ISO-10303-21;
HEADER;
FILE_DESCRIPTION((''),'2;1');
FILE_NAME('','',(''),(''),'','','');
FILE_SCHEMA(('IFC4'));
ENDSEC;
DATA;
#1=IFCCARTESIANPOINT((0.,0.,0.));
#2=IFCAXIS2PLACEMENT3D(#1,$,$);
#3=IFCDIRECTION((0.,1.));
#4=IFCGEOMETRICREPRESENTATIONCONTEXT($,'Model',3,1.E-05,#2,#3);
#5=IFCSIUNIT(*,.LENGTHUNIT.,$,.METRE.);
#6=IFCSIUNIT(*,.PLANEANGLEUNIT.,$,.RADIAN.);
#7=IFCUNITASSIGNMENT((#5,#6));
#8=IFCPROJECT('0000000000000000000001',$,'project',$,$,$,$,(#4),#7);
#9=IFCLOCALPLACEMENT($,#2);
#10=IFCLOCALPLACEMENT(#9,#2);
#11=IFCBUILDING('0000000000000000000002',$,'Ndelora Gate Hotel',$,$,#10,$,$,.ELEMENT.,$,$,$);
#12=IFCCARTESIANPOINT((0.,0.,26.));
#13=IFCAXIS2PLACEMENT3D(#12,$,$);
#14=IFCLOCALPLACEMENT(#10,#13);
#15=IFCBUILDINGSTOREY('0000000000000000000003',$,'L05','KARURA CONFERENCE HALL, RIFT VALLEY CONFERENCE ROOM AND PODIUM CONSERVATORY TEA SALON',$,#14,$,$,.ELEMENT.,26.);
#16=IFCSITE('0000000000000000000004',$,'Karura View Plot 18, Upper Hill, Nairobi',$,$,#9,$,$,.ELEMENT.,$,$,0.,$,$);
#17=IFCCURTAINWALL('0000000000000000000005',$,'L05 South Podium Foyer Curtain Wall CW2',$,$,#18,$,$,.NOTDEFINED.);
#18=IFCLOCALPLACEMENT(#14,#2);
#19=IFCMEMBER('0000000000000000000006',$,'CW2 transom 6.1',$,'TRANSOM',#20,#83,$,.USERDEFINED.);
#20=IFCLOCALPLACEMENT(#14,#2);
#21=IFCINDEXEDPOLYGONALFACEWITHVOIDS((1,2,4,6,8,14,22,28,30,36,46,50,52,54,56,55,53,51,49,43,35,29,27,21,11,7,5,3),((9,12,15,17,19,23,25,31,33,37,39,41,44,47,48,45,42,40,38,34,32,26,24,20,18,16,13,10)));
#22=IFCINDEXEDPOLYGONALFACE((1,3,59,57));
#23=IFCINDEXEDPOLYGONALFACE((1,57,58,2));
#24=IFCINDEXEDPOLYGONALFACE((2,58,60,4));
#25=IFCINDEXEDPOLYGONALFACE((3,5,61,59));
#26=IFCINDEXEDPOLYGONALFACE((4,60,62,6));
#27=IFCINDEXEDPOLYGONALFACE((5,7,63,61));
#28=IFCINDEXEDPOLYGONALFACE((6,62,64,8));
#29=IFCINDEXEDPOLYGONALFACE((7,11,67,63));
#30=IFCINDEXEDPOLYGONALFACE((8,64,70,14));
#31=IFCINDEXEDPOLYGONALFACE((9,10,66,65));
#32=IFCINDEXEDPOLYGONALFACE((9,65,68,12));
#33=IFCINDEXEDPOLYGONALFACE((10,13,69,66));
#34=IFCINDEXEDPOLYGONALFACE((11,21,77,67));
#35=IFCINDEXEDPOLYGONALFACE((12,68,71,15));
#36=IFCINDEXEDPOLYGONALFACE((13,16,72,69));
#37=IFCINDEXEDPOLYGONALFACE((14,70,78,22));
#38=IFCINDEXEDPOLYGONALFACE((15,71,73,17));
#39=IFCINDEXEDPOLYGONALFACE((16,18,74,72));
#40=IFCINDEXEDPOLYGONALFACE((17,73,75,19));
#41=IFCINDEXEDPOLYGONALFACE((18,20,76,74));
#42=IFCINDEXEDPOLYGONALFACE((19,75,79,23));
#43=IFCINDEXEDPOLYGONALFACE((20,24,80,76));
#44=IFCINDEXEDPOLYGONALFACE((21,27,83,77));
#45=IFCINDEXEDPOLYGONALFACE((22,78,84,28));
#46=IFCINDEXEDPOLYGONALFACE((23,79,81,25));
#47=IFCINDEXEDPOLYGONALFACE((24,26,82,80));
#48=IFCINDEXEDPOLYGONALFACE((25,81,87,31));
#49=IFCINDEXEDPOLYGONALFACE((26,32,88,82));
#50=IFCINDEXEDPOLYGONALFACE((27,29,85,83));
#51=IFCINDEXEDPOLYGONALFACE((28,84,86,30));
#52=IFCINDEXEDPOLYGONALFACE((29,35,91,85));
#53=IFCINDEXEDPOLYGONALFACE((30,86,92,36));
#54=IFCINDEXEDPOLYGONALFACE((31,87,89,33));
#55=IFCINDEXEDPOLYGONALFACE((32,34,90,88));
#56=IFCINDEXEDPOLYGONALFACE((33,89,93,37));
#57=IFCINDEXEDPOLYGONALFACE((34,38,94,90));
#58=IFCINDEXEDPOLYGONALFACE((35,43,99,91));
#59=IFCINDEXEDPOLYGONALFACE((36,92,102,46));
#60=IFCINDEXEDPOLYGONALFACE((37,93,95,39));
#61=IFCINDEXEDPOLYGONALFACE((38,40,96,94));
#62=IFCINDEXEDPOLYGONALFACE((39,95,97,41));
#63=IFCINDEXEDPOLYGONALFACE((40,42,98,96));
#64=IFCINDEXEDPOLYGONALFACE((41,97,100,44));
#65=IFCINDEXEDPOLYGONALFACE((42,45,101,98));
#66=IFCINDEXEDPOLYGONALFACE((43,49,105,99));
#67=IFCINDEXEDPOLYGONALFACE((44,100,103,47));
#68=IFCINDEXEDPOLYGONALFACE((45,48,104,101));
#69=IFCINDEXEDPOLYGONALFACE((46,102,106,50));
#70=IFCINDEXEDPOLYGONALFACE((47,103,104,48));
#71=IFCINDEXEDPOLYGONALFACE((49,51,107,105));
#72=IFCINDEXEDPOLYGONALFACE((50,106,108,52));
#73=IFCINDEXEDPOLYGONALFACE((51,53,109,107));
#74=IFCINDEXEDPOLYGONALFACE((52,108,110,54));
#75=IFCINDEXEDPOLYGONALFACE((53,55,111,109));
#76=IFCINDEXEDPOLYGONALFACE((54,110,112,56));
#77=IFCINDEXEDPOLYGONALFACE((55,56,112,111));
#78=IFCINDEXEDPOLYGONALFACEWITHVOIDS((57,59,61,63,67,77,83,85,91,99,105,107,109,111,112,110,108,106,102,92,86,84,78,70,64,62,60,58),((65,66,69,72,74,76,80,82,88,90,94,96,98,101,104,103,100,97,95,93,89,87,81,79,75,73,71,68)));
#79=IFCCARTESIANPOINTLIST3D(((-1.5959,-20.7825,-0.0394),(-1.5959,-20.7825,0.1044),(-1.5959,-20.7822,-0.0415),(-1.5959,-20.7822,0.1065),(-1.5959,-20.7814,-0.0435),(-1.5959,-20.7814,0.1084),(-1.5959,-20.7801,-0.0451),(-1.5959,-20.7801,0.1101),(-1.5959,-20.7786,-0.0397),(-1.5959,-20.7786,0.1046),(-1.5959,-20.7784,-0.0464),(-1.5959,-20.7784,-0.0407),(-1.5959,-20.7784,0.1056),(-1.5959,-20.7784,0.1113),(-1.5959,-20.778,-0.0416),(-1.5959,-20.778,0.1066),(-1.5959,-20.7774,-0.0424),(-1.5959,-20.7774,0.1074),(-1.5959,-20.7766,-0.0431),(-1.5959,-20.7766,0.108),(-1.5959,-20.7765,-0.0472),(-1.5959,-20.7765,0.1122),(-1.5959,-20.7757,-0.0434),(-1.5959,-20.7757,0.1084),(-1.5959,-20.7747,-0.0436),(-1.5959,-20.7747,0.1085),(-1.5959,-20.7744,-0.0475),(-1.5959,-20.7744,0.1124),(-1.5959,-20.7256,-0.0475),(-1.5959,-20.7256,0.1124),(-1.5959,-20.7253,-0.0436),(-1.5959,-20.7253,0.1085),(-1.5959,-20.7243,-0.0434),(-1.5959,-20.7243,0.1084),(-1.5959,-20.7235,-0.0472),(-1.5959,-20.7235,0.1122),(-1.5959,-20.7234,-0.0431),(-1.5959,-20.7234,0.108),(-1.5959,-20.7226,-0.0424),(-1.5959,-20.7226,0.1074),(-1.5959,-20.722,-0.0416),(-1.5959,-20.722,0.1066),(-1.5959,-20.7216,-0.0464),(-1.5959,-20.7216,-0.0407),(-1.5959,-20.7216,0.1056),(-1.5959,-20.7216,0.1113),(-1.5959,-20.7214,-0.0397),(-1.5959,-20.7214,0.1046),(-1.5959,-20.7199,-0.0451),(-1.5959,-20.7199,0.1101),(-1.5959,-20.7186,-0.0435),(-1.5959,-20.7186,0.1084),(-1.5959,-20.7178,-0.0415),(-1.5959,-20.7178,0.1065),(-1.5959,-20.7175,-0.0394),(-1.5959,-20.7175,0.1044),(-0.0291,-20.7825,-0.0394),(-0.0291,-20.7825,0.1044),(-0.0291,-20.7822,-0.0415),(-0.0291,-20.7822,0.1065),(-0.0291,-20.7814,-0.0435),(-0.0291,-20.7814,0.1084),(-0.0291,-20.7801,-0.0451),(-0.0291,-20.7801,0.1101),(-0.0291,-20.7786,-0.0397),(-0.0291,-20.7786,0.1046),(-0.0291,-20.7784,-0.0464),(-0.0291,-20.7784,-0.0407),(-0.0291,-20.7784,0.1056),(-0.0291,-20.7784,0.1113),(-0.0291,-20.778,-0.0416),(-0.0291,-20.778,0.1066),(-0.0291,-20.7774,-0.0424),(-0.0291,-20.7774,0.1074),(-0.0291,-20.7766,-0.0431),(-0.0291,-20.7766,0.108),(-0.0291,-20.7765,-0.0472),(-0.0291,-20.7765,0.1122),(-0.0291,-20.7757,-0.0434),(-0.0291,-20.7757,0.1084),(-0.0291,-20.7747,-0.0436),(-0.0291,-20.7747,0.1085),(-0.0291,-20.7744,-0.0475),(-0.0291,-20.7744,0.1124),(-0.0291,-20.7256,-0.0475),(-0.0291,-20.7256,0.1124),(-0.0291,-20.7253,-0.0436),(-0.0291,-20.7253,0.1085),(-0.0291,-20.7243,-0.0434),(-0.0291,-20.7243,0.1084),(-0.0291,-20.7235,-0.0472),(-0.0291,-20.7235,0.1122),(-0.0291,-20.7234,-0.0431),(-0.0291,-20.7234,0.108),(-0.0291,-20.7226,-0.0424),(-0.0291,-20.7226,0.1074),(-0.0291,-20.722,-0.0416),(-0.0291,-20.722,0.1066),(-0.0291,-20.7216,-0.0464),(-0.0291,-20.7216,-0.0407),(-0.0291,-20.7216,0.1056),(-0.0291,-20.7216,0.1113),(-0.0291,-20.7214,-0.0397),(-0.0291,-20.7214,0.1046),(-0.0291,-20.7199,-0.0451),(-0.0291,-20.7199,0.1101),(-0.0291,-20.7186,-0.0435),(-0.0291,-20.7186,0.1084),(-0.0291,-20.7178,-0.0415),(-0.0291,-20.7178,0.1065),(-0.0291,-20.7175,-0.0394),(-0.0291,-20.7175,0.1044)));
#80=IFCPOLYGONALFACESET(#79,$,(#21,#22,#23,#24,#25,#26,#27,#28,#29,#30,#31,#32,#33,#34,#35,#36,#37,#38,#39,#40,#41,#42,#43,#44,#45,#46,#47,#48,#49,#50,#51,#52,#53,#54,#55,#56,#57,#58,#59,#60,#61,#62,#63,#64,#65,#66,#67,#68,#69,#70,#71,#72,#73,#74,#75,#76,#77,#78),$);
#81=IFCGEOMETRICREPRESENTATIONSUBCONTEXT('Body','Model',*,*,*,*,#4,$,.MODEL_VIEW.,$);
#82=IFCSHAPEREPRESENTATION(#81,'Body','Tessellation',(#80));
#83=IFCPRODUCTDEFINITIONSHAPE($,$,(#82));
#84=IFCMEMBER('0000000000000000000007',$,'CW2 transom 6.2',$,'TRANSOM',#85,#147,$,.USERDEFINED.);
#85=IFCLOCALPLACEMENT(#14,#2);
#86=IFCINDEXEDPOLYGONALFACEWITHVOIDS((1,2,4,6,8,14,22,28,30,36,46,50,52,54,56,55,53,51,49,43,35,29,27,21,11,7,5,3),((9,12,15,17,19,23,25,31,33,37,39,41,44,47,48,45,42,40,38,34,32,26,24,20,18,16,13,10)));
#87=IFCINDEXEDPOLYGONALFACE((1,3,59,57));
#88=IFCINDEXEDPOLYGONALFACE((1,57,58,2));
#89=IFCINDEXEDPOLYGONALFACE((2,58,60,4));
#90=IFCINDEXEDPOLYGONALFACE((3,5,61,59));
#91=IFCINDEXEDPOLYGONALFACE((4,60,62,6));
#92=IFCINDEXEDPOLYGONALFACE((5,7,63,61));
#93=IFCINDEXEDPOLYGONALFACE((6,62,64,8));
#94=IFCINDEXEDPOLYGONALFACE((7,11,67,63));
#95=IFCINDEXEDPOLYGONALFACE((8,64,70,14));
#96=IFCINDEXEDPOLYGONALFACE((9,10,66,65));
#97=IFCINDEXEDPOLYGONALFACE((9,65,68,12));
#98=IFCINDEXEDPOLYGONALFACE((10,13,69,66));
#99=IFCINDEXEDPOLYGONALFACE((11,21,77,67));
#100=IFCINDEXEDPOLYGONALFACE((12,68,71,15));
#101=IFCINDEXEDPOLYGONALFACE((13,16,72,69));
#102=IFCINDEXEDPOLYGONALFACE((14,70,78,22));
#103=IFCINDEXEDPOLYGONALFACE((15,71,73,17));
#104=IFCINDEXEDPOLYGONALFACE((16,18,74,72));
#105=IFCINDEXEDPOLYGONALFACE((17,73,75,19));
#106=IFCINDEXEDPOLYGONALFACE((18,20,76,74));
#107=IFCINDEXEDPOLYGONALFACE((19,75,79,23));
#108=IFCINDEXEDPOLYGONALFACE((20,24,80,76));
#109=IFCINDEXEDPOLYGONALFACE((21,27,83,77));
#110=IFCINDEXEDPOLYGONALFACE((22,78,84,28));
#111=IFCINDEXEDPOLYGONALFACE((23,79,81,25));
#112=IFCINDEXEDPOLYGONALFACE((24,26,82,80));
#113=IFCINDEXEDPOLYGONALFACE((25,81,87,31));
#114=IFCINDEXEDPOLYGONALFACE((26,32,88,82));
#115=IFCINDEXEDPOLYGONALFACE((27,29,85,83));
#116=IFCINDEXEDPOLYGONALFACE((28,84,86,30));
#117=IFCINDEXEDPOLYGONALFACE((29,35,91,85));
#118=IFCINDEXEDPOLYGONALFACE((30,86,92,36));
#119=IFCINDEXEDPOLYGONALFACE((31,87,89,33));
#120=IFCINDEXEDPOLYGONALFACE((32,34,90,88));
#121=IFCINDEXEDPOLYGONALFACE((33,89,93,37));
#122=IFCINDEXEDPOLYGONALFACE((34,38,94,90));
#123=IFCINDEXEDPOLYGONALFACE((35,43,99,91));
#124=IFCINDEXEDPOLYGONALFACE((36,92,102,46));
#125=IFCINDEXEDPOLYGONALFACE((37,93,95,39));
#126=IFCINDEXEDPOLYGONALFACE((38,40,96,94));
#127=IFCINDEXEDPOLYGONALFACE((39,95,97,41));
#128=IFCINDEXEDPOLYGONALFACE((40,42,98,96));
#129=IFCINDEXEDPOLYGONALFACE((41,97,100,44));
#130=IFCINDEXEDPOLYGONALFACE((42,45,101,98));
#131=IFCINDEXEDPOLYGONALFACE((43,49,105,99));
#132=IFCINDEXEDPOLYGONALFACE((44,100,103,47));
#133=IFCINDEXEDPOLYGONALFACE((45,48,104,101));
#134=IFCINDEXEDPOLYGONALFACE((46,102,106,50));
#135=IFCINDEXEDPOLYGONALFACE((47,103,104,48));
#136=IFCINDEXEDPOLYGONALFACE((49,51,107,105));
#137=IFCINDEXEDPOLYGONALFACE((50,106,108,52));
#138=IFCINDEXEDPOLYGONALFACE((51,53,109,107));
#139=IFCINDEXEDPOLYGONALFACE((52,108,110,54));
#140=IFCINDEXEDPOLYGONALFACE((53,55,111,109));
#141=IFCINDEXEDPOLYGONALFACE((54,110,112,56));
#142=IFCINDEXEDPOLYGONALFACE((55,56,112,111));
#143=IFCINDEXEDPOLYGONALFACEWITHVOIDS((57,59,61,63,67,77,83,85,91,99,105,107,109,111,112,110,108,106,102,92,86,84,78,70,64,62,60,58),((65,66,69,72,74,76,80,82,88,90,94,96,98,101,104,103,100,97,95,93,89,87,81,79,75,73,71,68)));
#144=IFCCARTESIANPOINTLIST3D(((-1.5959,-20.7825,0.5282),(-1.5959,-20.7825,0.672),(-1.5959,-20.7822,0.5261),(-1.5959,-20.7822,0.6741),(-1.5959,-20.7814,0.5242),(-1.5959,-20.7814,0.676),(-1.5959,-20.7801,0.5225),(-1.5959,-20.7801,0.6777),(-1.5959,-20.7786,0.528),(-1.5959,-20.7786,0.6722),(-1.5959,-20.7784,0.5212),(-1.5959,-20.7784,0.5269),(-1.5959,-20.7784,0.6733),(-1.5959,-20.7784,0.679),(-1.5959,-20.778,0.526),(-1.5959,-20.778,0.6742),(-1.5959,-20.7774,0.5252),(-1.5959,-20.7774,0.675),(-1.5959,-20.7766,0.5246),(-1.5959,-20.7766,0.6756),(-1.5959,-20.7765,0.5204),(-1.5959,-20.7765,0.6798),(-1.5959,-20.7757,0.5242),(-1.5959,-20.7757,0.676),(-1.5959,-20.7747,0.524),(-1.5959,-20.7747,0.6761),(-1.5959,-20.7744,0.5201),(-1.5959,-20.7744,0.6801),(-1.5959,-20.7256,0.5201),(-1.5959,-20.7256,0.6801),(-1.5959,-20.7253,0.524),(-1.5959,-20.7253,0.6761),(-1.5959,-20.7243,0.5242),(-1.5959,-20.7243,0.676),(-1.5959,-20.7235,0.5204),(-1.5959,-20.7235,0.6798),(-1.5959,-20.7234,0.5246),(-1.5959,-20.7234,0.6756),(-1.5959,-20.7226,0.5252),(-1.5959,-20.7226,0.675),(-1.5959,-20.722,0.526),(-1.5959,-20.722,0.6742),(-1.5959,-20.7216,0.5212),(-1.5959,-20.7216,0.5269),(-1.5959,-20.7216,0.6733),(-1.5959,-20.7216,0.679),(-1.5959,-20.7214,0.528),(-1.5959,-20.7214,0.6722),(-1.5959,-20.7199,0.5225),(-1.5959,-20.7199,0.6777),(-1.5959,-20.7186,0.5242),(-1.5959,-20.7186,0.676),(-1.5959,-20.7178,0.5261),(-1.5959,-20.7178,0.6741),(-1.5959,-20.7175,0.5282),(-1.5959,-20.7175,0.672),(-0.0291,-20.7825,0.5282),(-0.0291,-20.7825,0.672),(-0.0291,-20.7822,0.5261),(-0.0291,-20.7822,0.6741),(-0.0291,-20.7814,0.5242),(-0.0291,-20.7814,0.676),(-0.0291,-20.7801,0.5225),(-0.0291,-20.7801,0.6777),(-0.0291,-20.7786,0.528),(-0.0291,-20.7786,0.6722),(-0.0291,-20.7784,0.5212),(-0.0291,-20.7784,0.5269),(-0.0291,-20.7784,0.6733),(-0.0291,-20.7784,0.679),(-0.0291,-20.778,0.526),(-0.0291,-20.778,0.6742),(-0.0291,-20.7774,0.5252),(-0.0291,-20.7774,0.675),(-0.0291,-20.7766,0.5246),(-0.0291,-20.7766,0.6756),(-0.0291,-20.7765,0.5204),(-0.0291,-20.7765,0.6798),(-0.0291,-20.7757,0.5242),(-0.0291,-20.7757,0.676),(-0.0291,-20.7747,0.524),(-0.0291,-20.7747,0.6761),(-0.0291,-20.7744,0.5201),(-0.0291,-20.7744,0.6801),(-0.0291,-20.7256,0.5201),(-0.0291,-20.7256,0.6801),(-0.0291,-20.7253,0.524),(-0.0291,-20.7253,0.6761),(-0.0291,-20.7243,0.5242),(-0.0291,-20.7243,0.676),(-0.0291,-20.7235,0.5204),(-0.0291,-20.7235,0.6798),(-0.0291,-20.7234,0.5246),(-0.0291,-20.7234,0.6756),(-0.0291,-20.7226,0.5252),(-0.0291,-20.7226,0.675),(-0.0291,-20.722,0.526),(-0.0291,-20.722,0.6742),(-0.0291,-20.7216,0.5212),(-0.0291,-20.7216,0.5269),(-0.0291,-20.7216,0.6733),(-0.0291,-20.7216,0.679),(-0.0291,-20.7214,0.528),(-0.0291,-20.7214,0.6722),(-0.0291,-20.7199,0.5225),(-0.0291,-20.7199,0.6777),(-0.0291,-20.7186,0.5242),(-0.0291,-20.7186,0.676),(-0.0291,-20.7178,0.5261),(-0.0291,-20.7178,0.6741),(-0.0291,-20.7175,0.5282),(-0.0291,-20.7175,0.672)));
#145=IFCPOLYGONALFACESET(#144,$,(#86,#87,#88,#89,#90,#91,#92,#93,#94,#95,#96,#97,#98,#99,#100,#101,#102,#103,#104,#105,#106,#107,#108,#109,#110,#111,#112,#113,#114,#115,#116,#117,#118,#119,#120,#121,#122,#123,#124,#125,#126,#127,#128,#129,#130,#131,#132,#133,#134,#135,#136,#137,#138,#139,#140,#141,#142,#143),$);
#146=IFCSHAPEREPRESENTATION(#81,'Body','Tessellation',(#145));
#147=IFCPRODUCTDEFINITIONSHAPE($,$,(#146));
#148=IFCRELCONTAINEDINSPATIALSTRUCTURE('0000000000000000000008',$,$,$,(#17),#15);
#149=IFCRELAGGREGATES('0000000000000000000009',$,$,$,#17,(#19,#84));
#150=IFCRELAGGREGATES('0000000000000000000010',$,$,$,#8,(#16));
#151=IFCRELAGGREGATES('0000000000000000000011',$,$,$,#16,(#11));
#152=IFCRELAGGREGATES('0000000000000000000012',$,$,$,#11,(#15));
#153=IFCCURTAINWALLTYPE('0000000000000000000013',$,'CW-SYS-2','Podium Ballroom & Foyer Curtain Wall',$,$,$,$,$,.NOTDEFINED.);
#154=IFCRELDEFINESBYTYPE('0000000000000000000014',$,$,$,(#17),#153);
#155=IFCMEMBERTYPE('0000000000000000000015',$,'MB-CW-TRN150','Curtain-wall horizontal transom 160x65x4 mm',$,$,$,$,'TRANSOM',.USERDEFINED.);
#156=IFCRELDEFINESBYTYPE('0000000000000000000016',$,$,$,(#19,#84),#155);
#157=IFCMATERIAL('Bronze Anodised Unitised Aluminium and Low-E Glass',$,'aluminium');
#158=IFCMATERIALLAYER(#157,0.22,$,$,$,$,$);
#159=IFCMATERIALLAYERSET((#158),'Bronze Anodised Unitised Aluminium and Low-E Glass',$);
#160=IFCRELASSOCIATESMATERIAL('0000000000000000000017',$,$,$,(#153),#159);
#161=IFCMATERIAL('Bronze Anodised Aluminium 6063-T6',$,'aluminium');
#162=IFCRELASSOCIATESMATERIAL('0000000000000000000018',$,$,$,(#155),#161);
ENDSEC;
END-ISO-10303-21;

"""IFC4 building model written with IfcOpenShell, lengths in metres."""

from ifc_helpers import new_model, si_unit, direction, frame, origin, origin_2d, place, context, subcontext, project, spatial, hollow_rectangle, extrude, material, layer, layer_set, material_profile, profile_set, type_object, element, aggregate, save


model = new_model("IFC4")

# Units and contexts
model_context = context("Model", 3, precision=1e-05, world=origin(), true_north=direction((0.0, 1.0)))
body_context = subcontext(model_context, "Body", "Model", "MODEL_VIEW")
ifc_project = project(units=[si_unit("LENGTHUNIT", "METRE"), si_unit("PLANEANGLEUNIT", "RADIAN")], contexts=[model_context])

# Site, building, storey
site_placement = place(None, origin())
site = spatial("IfcSite", under=ifc_project, at=site_placement, Name="Karura View Plot 18, Upper Hill, Nairobi", CompositionType="ELEMENT", RefElevation=0.0)
building_placement = place(site_placement, origin())
building = spatial("IfcBuilding", under=site, at=building_placement, Name="Ndelora Gate Hotel", CompositionType="ELEMENT")
storey_placement = place(building_placement, frame((0.0, 0.0, 26.0)))
storey = spatial("IfcBuildingStorey", under=building, at=storey_placement, Name="L05", Description="KARURA CONFERENCE HALL, RIFT VALLEY CONFERENCE ROOM AND PODIUM CONSERVATORY TEA SALON", CompositionType="ELEMENT", Elevation=26.0)

# Curtain wall, members
ifc_material_1 = material(Name="Bronze Anodised Unitised Aluminium and Low-E Glass", Category="aluminium")
ifc_layer_1 = layer(ifc_material_1, 0.22)
ifc_layer_set_1 = layer_set([ifc_layer_1], Name="Bronze Anodised Unitised Aluminium and Low-E Glass")
curtain_wall_type = type_object("IfcCurtainWallType", Name="CW-SYS-2", Description="Podium Ballroom & Foyer Curtain Wall", PredefinedType="NOTDEFINED", material=ifc_layer_set_1)
curtain_wall_placement = place(storey_placement, origin())
curtain_wall = element("IfcCurtainWall", 1, at=curtain_wall_placement, inside=storey, type_object=curtain_wall_type, Name="L05 South Podium Foyer Curtain Wall CW2", PredefinedType="NOTDEFINED")
ifc_material_2 = material(Name="Bronze Anodised Aluminium 6063-T6", Category="aluminium")
ifc_material_profile_1 = material_profile(ifc_material_2, hollow_rectangle(XDim=0.0649, YDim=0.1599, WallThickness=0.0039, InnerFilletRadius=0.0039, OuterFilletRadius=0.0081, at=origin_2d()), Name="ALU 160x65x4")
ifc_profile_set_1 = profile_set([ifc_material_profile_1], Name="Bronze Anodised Aluminium 6063-T6")
member_type_1 = type_object("IfcMemberType", Name="MB-CW-TRN150", Description="Curtain-wall horizontal transom 160x65x4 mm", ElementType="TRANSOM", PredefinedType="USERDEFINED", material=ifc_profile_set_1)
member_1_placement = place(storey_placement, frame((-1.5959, -20.75, 0.0325), z_axis=(1.0, 0.0, 0.0), x_axis=(0.0, 1.0, 0.0)))
member_1 = element("IfcMember", 2, at=member_1_placement, type_object=member_type_1, Name="CW2 transom 6.1", ObjectType="TRANSOM", PredefinedType="USERDEFINED", context=body_context, shape_type="SweptSolid", body=[
    extrude(hollow_rectangle(XDim=0.0649, YDim=0.1599, WallThickness=0.0039, InnerFilletRadius=0.0039, OuterFilletRadius=0.0081, at=origin_2d()), origin(), (0.0, 0.0, 1.0), 1.5669),
])
member_2_placement = place(storey_placement, frame((-1.5959, -20.75, 0.6001), z_axis=(1.0, 0.0, 0.0), x_axis=(0.0, 1.0, 0.0)))
member_2 = element("IfcMember", 3, at=member_2_placement, type_object=member_type_1, Name="CW2 transom 6.2", ObjectType="TRANSOM", PredefinedType="USERDEFINED", context=body_context, shape_type="SweptSolid", body=[
    extrude(hollow_rectangle(XDim=0.0649, YDim=0.1599, WallThickness=0.0039, InnerFilletRadius=0.0039, OuterFilletRadius=0.0081, at=origin_2d()), origin(), (0.0, 0.0, 1.0), 1.5669),
])
aggregate(curtain_wall, [member_1, member_2])

save(model, "model.ifc")
